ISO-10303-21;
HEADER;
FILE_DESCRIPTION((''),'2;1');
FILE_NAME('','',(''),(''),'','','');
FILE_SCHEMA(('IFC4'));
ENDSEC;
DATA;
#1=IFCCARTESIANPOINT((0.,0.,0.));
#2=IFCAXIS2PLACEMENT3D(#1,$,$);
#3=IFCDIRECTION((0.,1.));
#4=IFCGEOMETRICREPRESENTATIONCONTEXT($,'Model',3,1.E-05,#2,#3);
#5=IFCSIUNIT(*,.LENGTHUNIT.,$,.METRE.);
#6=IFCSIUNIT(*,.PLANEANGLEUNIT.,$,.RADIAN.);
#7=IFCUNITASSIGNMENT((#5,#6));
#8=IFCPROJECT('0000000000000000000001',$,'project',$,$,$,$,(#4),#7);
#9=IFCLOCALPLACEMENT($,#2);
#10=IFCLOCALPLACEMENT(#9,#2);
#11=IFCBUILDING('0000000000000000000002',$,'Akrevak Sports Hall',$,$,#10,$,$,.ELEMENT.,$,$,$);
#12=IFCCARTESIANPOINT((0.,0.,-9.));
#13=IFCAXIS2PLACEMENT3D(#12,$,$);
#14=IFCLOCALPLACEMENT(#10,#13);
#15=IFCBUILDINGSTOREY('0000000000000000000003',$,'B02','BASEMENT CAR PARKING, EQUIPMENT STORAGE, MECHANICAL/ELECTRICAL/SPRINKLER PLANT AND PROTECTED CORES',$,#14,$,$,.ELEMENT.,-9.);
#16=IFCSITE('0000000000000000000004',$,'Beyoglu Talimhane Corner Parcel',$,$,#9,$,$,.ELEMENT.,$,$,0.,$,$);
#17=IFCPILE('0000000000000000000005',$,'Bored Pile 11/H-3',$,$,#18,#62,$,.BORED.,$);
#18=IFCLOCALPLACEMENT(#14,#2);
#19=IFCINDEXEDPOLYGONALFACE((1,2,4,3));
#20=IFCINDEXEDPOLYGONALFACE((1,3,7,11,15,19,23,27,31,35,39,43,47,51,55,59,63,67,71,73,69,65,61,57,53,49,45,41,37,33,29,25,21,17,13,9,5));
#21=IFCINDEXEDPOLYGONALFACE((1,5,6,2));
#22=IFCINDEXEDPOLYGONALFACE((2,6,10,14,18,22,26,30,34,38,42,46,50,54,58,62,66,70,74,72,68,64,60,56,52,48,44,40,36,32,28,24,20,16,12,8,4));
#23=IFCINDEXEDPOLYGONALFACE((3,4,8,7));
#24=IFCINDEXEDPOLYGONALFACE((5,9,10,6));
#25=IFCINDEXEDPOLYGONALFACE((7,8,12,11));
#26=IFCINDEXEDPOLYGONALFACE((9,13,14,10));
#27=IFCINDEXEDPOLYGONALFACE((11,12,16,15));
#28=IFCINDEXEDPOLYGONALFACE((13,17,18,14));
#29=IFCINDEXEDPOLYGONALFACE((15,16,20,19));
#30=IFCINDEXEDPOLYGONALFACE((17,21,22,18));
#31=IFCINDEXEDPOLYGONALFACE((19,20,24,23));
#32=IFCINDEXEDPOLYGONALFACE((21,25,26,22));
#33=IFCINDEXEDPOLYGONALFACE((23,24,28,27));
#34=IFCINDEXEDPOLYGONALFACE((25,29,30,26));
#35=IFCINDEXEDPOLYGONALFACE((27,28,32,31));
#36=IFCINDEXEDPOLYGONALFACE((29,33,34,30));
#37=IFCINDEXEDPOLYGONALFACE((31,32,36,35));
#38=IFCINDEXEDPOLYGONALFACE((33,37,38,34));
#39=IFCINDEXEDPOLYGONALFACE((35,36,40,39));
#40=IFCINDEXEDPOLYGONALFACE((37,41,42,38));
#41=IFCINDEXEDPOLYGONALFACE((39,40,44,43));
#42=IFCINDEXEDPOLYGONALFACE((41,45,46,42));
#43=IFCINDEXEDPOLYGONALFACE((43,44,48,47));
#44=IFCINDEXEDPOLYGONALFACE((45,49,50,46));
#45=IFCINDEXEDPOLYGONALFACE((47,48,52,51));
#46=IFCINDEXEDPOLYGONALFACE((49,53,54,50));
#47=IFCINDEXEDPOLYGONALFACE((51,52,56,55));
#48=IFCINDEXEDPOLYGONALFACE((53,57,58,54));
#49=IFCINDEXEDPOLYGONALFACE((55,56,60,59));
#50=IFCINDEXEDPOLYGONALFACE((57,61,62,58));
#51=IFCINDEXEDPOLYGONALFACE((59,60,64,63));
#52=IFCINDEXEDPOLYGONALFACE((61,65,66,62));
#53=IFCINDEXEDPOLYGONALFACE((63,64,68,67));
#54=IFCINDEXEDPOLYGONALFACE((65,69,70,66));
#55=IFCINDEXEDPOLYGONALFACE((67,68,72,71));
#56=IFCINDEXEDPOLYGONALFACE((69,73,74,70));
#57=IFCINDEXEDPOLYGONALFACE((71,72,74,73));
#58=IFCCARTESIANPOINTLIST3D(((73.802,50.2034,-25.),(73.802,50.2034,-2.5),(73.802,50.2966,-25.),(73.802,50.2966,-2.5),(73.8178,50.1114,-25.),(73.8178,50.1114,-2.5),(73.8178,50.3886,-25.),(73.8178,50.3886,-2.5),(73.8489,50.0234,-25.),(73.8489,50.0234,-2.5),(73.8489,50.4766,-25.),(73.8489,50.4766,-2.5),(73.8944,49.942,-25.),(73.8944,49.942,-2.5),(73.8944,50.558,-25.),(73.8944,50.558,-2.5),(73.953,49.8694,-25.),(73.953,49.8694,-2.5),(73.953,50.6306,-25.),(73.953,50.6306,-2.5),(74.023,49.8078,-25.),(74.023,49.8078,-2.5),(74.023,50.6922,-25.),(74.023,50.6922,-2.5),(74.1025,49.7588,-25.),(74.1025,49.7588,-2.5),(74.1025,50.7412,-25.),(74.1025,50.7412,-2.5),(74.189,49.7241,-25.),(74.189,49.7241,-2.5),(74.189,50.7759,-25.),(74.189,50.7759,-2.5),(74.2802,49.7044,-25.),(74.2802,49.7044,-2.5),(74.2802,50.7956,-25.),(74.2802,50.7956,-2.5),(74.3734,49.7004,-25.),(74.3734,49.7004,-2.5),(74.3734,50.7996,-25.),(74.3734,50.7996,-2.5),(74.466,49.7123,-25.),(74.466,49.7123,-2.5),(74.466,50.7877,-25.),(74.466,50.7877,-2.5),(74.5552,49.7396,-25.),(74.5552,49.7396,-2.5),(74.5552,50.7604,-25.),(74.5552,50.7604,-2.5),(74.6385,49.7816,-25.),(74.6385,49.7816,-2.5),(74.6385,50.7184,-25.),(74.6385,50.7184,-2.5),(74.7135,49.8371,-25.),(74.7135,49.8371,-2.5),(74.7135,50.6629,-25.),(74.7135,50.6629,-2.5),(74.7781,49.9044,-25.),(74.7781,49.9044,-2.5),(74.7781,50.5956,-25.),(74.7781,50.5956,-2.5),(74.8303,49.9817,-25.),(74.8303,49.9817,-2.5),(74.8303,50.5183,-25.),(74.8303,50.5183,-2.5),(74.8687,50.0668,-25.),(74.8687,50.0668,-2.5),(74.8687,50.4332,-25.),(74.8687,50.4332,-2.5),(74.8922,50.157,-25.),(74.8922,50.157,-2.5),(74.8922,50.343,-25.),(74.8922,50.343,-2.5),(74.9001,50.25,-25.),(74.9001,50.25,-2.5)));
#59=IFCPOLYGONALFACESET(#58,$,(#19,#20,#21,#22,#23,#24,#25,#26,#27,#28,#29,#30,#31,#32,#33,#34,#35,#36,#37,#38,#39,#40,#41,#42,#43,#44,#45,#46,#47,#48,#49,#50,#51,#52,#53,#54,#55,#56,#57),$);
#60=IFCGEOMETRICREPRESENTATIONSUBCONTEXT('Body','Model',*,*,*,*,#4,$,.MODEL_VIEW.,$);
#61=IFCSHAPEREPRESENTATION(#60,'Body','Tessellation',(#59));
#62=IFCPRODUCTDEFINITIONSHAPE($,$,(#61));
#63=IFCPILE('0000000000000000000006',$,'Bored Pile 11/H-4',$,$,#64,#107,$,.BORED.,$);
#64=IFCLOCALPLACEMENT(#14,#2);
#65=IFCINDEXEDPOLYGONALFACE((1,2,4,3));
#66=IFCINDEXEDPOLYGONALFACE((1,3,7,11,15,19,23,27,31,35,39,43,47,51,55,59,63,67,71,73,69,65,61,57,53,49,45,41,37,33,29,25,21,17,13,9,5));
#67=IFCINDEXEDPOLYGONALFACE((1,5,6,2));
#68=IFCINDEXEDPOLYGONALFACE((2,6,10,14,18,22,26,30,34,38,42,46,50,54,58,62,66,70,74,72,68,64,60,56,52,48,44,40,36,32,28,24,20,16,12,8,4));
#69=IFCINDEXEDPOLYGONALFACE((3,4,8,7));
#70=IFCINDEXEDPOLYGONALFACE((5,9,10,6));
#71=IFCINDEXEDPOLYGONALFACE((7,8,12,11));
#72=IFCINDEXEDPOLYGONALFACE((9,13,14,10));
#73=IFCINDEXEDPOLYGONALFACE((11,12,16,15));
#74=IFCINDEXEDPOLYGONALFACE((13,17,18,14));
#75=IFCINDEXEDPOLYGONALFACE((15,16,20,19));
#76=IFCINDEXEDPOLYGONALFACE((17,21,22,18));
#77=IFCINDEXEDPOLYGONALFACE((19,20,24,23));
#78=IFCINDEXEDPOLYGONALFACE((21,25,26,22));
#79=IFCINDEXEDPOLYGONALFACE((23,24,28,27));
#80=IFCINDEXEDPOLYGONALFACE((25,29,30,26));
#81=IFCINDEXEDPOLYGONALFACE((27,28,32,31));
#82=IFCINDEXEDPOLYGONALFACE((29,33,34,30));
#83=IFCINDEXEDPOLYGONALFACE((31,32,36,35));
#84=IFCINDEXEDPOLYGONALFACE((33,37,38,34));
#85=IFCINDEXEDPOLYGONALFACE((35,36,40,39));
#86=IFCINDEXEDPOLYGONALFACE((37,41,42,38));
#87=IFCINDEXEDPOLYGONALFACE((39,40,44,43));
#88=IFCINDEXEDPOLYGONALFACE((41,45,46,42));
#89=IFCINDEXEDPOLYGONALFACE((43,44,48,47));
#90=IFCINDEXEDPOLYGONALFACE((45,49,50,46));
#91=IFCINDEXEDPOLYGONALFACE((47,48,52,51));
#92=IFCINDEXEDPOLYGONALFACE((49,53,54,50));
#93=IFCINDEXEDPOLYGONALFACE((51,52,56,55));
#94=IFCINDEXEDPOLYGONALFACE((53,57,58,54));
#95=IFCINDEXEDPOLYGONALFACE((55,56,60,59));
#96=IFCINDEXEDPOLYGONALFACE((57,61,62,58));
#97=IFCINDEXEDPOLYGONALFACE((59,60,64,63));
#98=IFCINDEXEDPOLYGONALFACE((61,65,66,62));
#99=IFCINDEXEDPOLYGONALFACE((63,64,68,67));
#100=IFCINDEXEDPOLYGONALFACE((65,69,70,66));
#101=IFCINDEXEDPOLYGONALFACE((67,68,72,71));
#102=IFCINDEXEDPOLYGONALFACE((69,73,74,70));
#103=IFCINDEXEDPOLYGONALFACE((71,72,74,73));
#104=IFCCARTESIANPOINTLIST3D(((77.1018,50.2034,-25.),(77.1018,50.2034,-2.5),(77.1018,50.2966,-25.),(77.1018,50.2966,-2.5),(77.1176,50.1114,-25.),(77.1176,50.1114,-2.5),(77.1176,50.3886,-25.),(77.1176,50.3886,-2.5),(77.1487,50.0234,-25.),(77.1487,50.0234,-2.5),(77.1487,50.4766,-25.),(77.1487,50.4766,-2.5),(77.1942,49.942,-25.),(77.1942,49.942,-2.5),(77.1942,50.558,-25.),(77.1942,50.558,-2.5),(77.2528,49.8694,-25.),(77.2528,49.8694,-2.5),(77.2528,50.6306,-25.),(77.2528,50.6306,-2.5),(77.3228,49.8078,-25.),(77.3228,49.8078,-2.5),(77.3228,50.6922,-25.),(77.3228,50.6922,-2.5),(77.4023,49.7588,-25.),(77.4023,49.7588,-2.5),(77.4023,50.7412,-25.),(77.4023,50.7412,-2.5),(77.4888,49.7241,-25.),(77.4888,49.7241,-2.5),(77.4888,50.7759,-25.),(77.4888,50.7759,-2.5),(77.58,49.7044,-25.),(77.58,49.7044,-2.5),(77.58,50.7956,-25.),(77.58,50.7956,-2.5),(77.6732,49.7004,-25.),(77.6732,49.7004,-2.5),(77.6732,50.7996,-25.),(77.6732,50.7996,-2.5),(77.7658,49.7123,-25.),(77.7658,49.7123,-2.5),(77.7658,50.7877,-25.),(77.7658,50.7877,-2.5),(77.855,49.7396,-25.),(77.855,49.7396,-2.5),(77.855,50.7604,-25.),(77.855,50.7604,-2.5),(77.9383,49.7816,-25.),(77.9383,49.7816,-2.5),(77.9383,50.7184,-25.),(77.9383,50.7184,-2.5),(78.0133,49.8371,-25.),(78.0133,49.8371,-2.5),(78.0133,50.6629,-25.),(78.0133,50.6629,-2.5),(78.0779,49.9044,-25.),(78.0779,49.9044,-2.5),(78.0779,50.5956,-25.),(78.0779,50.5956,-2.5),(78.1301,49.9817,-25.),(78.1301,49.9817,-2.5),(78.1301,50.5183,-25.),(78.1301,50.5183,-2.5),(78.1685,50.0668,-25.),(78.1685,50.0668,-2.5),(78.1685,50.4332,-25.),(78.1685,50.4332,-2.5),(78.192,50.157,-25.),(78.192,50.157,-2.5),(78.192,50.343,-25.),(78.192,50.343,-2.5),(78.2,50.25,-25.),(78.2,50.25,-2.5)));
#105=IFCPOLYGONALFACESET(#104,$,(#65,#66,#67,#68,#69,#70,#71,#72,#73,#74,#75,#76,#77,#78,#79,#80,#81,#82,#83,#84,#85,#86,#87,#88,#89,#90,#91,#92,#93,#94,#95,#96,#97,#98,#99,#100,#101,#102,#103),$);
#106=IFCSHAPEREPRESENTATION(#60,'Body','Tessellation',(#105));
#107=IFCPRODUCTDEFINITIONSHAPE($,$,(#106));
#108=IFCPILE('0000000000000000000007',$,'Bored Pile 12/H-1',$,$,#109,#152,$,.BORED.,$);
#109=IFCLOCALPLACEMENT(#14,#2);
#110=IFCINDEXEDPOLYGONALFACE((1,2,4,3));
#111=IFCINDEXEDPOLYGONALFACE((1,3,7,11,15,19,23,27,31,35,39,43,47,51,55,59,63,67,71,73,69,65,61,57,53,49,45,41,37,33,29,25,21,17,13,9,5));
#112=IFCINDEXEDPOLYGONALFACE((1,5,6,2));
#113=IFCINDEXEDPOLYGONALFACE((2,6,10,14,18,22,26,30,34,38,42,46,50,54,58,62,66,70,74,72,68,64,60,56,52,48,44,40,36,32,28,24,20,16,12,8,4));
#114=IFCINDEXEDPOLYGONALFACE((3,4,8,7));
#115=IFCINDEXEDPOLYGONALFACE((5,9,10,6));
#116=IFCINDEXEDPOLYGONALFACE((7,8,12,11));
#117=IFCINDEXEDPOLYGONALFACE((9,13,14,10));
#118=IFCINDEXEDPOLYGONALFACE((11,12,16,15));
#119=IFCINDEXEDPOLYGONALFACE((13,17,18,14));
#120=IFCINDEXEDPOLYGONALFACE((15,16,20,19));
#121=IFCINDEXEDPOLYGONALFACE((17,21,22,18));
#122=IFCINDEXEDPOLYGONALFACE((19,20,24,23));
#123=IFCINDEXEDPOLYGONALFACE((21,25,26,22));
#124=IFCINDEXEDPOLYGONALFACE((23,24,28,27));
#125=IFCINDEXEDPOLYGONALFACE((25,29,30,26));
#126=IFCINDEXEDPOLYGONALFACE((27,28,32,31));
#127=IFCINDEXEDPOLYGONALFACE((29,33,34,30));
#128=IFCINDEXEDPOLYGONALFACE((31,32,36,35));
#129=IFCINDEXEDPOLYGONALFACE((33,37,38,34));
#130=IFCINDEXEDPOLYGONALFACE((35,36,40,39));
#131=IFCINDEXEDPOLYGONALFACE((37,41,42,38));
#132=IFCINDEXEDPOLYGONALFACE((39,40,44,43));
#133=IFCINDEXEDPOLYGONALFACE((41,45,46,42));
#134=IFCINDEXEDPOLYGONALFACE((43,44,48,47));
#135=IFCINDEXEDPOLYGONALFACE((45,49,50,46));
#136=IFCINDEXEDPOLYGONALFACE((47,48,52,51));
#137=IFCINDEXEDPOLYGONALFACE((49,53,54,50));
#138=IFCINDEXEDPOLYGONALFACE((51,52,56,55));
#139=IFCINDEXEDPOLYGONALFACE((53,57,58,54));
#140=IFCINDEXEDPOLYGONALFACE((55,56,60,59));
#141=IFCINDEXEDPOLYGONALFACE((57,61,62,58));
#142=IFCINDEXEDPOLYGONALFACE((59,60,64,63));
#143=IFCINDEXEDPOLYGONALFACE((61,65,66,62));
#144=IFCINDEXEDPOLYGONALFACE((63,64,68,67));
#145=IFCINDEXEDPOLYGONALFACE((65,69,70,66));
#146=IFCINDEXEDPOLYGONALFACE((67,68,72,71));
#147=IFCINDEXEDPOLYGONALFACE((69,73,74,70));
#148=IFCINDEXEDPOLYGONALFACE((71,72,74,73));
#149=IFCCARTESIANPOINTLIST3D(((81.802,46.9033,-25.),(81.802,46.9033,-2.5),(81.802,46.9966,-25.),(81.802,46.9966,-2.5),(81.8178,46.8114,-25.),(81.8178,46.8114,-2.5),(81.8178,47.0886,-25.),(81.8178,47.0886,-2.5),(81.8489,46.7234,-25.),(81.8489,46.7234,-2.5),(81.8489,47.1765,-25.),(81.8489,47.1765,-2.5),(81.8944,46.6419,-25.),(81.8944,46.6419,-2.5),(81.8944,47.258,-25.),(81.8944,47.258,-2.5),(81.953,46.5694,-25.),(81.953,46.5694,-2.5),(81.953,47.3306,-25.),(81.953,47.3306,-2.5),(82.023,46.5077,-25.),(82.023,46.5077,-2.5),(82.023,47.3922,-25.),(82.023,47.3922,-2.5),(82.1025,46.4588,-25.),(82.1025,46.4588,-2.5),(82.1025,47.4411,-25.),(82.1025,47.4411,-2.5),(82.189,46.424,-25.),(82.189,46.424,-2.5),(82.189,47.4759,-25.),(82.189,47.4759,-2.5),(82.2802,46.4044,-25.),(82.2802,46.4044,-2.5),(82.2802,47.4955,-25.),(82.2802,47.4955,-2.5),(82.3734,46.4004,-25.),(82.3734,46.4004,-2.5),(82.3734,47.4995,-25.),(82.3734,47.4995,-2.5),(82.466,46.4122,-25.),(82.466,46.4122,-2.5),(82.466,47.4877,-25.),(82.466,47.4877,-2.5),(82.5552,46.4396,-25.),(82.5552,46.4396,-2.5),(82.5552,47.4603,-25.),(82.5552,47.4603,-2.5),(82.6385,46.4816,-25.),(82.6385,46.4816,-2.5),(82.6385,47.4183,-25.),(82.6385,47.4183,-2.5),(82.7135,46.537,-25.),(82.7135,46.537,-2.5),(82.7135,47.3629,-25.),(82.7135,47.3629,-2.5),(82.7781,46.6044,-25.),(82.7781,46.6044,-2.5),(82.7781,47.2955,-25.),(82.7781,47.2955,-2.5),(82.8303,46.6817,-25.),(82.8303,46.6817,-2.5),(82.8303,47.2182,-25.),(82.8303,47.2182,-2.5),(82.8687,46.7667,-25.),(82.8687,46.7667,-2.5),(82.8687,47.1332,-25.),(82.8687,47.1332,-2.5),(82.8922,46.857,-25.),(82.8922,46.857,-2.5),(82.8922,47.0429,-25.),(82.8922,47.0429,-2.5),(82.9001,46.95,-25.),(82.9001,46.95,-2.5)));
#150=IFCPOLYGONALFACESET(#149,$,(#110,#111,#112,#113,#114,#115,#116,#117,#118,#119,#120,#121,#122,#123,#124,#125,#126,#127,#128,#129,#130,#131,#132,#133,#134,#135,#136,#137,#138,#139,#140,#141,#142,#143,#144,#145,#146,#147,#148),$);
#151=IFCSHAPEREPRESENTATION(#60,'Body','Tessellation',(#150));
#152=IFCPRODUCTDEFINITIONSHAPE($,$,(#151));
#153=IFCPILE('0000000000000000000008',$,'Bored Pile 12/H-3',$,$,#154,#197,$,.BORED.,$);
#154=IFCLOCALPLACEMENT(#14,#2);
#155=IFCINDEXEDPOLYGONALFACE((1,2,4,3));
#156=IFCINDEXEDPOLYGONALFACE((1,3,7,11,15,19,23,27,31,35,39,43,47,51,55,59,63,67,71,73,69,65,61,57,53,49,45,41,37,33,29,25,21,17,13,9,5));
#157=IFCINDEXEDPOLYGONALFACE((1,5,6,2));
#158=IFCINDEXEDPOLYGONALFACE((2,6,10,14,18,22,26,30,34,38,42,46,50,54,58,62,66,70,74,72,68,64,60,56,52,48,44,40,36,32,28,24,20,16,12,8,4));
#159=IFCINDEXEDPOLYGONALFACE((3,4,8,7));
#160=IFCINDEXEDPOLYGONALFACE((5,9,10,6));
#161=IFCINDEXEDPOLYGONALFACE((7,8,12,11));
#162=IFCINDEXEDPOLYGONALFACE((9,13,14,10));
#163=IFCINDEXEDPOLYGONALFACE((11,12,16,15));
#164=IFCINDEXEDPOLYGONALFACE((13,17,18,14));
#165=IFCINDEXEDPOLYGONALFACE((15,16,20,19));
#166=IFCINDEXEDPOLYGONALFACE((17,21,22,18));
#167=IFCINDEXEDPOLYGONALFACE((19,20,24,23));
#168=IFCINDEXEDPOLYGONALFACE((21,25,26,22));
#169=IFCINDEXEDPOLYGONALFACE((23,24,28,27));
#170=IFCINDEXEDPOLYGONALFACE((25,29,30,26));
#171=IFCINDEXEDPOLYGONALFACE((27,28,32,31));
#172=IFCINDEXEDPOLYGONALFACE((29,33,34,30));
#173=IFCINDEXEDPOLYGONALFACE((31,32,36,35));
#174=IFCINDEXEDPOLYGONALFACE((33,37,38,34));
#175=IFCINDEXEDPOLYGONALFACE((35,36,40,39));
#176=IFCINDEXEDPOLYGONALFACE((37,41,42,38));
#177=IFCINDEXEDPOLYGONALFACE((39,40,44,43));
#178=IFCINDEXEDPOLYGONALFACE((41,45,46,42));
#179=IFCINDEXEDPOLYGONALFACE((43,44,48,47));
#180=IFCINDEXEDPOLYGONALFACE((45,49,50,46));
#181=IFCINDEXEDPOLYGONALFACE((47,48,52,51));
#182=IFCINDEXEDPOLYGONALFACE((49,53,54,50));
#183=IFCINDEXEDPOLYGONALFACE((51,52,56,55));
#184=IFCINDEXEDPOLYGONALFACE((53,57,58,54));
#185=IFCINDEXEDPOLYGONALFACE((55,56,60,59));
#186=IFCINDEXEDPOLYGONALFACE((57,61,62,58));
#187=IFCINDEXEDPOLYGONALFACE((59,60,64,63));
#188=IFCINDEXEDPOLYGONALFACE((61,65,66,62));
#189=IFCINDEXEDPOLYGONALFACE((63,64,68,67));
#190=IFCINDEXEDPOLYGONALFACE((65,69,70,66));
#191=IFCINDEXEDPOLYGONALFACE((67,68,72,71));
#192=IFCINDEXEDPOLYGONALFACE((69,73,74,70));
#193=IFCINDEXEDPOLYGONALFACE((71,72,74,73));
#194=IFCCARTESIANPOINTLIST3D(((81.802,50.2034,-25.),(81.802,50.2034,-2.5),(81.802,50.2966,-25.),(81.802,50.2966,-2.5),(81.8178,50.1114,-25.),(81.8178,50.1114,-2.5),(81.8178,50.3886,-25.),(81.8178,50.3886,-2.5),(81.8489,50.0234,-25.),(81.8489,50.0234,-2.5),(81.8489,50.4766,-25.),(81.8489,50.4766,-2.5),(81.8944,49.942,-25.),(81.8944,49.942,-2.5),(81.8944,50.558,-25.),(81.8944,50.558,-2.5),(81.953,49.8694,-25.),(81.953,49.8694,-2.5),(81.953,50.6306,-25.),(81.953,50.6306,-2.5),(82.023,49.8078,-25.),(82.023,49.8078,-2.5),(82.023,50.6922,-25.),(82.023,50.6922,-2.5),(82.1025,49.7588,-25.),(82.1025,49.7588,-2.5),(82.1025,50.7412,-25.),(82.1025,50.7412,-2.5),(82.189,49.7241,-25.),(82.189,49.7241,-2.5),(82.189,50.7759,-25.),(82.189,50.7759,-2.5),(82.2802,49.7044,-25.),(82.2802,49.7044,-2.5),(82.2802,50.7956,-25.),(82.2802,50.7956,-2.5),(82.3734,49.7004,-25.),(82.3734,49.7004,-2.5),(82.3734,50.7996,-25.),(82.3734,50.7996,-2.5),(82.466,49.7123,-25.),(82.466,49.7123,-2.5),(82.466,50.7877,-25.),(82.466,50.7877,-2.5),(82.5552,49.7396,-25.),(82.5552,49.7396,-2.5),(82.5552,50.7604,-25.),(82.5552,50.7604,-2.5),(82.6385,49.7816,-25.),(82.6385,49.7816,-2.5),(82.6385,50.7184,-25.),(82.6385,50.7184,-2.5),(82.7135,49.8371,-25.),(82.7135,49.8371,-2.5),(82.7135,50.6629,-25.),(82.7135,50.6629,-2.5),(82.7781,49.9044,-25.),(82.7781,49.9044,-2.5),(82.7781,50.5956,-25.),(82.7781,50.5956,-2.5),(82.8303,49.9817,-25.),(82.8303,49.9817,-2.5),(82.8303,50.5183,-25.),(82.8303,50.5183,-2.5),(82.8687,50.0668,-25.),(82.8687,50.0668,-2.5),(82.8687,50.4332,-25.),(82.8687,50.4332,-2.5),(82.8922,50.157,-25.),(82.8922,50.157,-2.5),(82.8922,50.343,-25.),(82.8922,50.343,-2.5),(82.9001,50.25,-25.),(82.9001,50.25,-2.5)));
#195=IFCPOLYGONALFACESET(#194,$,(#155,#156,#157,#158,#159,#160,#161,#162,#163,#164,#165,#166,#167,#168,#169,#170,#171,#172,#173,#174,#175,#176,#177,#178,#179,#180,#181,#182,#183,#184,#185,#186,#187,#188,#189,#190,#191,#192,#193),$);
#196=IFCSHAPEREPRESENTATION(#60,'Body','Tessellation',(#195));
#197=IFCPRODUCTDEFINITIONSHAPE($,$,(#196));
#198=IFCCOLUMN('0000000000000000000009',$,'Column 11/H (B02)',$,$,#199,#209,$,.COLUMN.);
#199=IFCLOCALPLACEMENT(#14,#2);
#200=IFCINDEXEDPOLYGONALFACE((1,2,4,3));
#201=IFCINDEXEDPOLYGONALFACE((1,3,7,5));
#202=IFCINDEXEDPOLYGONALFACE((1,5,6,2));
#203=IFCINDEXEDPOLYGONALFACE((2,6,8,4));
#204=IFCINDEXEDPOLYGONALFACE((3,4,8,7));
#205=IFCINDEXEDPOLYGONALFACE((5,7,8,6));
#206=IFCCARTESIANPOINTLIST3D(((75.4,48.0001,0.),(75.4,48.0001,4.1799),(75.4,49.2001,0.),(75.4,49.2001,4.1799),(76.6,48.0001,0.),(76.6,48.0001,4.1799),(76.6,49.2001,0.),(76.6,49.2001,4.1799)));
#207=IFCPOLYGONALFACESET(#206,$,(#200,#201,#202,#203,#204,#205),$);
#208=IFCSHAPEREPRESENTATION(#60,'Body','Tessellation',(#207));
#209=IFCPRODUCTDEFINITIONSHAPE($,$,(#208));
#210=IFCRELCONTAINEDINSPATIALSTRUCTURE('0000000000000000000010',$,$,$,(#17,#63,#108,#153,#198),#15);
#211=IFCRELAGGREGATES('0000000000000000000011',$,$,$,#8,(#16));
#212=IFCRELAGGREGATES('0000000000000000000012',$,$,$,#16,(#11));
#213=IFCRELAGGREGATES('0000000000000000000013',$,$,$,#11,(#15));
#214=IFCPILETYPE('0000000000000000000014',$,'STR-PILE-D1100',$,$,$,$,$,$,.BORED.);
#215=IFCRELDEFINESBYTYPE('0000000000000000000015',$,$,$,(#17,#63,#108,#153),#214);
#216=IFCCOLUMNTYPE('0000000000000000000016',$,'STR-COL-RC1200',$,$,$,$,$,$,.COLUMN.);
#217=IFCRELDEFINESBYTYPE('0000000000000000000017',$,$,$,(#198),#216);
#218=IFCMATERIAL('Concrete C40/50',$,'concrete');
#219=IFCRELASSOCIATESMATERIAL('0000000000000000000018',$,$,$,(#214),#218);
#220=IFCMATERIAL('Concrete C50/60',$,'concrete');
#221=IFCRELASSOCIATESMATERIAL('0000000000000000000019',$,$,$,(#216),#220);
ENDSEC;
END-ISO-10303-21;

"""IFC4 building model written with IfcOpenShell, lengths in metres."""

from ifc_helpers import new_model, si_unit, direction, frame, origin, origin_2d, place, context, subcontext, project, spatial, rectangle, circle, extrude, material, material_profile, profile_set, type_object, element, save


model = new_model("IFC4")

# Units and contexts
model_context = context("Model", 3, precision=1e-05, world=origin(), true_north=direction((0.0, 1.0)))
body_context = subcontext(model_context, "Body", "Model", "MODEL_VIEW")
ifc_project = project(units=[si_unit("LENGTHUNIT", "METRE"), si_unit("PLANEANGLEUNIT", "RADIAN")], contexts=[model_context])

# Site, building, storey
site_placement = place(None, origin())
site = spatial("IfcSite", under=ifc_project, at=site_placement, Name="Beyoglu Talimhane Corner Parcel", CompositionType="ELEMENT", RefElevation=0.0)
building_placement = place(site_placement, origin())
building = spatial("IfcBuilding", under=site, at=building_placement, Name="Akrevak Sports Hall", CompositionType="ELEMENT")
storey_placement = place(building_placement, frame((0.0, 0.0, -9.0)))
storey = spatial("IfcBuildingStorey", under=building, at=storey_placement, Name="B02", Description="BASEMENT CAR PARKING, EQUIPMENT STORAGE, MECHANICAL/ELECTRICAL/SPRINKLER PLANT AND PROTECTED CORES", CompositionType="ELEMENT", Elevation=-9.0)

# Shared definitions
ifc_material_1 = material(Name="Concrete C40/50", Category="concrete")

# Piles
ifc_material_profile_1 = material_profile(ifc_material_1, circle(Radius=0.55, at=origin_2d()), Name="BORED PILE D1100", Category="concrete")
ifc_profile_set_1 = profile_set([ifc_material_profile_1], Name="Concrete C40/50")
pile_type = type_object("IfcPileType", Name="STR-PILE-D1100", PredefinedType="BORED", material=ifc_profile_set_1)
for number, where, z_axis, x_axis, name in (
    (1, (74.3501, 50.25, -2.5), (0.0, 0.0, -1.0), (1.0, 0.0, 0.0), "Bored Pile 11/H-3"),
    (2, (77.6499, 50.25, -2.5), (0.0, 0.0, -1.0), (1.0, 0.0, 0.0), "Bored Pile 11/H-4"),
    (3, (82.3501, 46.95, -2.5), (0.0, 0.0, -1.0), (1.0, 0.0, 0.0), "Bored Pile 12/H-1"),
    (4, (82.3501, 50.25, -2.5), (0.0, 0.0, -1.0), (1.0, 0.0, 0.0), "Bored Pile 12/H-3"),
):
    element("IfcPile", number, at=place(storey_placement, frame(where, z_axis=z_axis, x_axis=x_axis)), inside=storey, type_object=pile_type, Name=name, PredefinedType="BORED", context=body_context, shape_type="SweptSolid", body=[
        extrude(circle(Radius=0.55, at=origin_2d()), origin(), (0.0, 0.0, 1.0), 22.5),
    ])

# Column
ifc_material_2 = material(Name="Concrete C50/60", Category="concrete")
ifc_material_profile_2 = material_profile(ifc_material_2, rectangle(XDim=1.2, YDim=1.2, at=origin_2d()), Name="RC 1200x1200", Category="concrete")
ifc_profile_set_2 = profile_set([ifc_material_profile_2], Name="Concrete C50/60")
column_type_1 = type_object("IfcColumnType", Name="STR-COL-RC1200", PredefinedType="COLUMN", material=ifc_profile_set_2)
column_placement = place(storey_placement, frame((76.0, 48.6001, 0.0), z_axis=(0.0, 0.0, 1.0), x_axis=(1.0, 0.0, 0.0)))
element("IfcColumn", 5, at=column_placement, inside=storey, type_object=column_type_1, Name="Column 11/H (B02)", PredefinedType="COLUMN", context=body_context, shape_type="SweptSolid", body=[
    extrude(rectangle(XDim=1.2, YDim=1.2, at=origin_2d()), origin(), (0.0, 0.0, 1.0), 4.1799),
])

save(model, "model.ifc")
